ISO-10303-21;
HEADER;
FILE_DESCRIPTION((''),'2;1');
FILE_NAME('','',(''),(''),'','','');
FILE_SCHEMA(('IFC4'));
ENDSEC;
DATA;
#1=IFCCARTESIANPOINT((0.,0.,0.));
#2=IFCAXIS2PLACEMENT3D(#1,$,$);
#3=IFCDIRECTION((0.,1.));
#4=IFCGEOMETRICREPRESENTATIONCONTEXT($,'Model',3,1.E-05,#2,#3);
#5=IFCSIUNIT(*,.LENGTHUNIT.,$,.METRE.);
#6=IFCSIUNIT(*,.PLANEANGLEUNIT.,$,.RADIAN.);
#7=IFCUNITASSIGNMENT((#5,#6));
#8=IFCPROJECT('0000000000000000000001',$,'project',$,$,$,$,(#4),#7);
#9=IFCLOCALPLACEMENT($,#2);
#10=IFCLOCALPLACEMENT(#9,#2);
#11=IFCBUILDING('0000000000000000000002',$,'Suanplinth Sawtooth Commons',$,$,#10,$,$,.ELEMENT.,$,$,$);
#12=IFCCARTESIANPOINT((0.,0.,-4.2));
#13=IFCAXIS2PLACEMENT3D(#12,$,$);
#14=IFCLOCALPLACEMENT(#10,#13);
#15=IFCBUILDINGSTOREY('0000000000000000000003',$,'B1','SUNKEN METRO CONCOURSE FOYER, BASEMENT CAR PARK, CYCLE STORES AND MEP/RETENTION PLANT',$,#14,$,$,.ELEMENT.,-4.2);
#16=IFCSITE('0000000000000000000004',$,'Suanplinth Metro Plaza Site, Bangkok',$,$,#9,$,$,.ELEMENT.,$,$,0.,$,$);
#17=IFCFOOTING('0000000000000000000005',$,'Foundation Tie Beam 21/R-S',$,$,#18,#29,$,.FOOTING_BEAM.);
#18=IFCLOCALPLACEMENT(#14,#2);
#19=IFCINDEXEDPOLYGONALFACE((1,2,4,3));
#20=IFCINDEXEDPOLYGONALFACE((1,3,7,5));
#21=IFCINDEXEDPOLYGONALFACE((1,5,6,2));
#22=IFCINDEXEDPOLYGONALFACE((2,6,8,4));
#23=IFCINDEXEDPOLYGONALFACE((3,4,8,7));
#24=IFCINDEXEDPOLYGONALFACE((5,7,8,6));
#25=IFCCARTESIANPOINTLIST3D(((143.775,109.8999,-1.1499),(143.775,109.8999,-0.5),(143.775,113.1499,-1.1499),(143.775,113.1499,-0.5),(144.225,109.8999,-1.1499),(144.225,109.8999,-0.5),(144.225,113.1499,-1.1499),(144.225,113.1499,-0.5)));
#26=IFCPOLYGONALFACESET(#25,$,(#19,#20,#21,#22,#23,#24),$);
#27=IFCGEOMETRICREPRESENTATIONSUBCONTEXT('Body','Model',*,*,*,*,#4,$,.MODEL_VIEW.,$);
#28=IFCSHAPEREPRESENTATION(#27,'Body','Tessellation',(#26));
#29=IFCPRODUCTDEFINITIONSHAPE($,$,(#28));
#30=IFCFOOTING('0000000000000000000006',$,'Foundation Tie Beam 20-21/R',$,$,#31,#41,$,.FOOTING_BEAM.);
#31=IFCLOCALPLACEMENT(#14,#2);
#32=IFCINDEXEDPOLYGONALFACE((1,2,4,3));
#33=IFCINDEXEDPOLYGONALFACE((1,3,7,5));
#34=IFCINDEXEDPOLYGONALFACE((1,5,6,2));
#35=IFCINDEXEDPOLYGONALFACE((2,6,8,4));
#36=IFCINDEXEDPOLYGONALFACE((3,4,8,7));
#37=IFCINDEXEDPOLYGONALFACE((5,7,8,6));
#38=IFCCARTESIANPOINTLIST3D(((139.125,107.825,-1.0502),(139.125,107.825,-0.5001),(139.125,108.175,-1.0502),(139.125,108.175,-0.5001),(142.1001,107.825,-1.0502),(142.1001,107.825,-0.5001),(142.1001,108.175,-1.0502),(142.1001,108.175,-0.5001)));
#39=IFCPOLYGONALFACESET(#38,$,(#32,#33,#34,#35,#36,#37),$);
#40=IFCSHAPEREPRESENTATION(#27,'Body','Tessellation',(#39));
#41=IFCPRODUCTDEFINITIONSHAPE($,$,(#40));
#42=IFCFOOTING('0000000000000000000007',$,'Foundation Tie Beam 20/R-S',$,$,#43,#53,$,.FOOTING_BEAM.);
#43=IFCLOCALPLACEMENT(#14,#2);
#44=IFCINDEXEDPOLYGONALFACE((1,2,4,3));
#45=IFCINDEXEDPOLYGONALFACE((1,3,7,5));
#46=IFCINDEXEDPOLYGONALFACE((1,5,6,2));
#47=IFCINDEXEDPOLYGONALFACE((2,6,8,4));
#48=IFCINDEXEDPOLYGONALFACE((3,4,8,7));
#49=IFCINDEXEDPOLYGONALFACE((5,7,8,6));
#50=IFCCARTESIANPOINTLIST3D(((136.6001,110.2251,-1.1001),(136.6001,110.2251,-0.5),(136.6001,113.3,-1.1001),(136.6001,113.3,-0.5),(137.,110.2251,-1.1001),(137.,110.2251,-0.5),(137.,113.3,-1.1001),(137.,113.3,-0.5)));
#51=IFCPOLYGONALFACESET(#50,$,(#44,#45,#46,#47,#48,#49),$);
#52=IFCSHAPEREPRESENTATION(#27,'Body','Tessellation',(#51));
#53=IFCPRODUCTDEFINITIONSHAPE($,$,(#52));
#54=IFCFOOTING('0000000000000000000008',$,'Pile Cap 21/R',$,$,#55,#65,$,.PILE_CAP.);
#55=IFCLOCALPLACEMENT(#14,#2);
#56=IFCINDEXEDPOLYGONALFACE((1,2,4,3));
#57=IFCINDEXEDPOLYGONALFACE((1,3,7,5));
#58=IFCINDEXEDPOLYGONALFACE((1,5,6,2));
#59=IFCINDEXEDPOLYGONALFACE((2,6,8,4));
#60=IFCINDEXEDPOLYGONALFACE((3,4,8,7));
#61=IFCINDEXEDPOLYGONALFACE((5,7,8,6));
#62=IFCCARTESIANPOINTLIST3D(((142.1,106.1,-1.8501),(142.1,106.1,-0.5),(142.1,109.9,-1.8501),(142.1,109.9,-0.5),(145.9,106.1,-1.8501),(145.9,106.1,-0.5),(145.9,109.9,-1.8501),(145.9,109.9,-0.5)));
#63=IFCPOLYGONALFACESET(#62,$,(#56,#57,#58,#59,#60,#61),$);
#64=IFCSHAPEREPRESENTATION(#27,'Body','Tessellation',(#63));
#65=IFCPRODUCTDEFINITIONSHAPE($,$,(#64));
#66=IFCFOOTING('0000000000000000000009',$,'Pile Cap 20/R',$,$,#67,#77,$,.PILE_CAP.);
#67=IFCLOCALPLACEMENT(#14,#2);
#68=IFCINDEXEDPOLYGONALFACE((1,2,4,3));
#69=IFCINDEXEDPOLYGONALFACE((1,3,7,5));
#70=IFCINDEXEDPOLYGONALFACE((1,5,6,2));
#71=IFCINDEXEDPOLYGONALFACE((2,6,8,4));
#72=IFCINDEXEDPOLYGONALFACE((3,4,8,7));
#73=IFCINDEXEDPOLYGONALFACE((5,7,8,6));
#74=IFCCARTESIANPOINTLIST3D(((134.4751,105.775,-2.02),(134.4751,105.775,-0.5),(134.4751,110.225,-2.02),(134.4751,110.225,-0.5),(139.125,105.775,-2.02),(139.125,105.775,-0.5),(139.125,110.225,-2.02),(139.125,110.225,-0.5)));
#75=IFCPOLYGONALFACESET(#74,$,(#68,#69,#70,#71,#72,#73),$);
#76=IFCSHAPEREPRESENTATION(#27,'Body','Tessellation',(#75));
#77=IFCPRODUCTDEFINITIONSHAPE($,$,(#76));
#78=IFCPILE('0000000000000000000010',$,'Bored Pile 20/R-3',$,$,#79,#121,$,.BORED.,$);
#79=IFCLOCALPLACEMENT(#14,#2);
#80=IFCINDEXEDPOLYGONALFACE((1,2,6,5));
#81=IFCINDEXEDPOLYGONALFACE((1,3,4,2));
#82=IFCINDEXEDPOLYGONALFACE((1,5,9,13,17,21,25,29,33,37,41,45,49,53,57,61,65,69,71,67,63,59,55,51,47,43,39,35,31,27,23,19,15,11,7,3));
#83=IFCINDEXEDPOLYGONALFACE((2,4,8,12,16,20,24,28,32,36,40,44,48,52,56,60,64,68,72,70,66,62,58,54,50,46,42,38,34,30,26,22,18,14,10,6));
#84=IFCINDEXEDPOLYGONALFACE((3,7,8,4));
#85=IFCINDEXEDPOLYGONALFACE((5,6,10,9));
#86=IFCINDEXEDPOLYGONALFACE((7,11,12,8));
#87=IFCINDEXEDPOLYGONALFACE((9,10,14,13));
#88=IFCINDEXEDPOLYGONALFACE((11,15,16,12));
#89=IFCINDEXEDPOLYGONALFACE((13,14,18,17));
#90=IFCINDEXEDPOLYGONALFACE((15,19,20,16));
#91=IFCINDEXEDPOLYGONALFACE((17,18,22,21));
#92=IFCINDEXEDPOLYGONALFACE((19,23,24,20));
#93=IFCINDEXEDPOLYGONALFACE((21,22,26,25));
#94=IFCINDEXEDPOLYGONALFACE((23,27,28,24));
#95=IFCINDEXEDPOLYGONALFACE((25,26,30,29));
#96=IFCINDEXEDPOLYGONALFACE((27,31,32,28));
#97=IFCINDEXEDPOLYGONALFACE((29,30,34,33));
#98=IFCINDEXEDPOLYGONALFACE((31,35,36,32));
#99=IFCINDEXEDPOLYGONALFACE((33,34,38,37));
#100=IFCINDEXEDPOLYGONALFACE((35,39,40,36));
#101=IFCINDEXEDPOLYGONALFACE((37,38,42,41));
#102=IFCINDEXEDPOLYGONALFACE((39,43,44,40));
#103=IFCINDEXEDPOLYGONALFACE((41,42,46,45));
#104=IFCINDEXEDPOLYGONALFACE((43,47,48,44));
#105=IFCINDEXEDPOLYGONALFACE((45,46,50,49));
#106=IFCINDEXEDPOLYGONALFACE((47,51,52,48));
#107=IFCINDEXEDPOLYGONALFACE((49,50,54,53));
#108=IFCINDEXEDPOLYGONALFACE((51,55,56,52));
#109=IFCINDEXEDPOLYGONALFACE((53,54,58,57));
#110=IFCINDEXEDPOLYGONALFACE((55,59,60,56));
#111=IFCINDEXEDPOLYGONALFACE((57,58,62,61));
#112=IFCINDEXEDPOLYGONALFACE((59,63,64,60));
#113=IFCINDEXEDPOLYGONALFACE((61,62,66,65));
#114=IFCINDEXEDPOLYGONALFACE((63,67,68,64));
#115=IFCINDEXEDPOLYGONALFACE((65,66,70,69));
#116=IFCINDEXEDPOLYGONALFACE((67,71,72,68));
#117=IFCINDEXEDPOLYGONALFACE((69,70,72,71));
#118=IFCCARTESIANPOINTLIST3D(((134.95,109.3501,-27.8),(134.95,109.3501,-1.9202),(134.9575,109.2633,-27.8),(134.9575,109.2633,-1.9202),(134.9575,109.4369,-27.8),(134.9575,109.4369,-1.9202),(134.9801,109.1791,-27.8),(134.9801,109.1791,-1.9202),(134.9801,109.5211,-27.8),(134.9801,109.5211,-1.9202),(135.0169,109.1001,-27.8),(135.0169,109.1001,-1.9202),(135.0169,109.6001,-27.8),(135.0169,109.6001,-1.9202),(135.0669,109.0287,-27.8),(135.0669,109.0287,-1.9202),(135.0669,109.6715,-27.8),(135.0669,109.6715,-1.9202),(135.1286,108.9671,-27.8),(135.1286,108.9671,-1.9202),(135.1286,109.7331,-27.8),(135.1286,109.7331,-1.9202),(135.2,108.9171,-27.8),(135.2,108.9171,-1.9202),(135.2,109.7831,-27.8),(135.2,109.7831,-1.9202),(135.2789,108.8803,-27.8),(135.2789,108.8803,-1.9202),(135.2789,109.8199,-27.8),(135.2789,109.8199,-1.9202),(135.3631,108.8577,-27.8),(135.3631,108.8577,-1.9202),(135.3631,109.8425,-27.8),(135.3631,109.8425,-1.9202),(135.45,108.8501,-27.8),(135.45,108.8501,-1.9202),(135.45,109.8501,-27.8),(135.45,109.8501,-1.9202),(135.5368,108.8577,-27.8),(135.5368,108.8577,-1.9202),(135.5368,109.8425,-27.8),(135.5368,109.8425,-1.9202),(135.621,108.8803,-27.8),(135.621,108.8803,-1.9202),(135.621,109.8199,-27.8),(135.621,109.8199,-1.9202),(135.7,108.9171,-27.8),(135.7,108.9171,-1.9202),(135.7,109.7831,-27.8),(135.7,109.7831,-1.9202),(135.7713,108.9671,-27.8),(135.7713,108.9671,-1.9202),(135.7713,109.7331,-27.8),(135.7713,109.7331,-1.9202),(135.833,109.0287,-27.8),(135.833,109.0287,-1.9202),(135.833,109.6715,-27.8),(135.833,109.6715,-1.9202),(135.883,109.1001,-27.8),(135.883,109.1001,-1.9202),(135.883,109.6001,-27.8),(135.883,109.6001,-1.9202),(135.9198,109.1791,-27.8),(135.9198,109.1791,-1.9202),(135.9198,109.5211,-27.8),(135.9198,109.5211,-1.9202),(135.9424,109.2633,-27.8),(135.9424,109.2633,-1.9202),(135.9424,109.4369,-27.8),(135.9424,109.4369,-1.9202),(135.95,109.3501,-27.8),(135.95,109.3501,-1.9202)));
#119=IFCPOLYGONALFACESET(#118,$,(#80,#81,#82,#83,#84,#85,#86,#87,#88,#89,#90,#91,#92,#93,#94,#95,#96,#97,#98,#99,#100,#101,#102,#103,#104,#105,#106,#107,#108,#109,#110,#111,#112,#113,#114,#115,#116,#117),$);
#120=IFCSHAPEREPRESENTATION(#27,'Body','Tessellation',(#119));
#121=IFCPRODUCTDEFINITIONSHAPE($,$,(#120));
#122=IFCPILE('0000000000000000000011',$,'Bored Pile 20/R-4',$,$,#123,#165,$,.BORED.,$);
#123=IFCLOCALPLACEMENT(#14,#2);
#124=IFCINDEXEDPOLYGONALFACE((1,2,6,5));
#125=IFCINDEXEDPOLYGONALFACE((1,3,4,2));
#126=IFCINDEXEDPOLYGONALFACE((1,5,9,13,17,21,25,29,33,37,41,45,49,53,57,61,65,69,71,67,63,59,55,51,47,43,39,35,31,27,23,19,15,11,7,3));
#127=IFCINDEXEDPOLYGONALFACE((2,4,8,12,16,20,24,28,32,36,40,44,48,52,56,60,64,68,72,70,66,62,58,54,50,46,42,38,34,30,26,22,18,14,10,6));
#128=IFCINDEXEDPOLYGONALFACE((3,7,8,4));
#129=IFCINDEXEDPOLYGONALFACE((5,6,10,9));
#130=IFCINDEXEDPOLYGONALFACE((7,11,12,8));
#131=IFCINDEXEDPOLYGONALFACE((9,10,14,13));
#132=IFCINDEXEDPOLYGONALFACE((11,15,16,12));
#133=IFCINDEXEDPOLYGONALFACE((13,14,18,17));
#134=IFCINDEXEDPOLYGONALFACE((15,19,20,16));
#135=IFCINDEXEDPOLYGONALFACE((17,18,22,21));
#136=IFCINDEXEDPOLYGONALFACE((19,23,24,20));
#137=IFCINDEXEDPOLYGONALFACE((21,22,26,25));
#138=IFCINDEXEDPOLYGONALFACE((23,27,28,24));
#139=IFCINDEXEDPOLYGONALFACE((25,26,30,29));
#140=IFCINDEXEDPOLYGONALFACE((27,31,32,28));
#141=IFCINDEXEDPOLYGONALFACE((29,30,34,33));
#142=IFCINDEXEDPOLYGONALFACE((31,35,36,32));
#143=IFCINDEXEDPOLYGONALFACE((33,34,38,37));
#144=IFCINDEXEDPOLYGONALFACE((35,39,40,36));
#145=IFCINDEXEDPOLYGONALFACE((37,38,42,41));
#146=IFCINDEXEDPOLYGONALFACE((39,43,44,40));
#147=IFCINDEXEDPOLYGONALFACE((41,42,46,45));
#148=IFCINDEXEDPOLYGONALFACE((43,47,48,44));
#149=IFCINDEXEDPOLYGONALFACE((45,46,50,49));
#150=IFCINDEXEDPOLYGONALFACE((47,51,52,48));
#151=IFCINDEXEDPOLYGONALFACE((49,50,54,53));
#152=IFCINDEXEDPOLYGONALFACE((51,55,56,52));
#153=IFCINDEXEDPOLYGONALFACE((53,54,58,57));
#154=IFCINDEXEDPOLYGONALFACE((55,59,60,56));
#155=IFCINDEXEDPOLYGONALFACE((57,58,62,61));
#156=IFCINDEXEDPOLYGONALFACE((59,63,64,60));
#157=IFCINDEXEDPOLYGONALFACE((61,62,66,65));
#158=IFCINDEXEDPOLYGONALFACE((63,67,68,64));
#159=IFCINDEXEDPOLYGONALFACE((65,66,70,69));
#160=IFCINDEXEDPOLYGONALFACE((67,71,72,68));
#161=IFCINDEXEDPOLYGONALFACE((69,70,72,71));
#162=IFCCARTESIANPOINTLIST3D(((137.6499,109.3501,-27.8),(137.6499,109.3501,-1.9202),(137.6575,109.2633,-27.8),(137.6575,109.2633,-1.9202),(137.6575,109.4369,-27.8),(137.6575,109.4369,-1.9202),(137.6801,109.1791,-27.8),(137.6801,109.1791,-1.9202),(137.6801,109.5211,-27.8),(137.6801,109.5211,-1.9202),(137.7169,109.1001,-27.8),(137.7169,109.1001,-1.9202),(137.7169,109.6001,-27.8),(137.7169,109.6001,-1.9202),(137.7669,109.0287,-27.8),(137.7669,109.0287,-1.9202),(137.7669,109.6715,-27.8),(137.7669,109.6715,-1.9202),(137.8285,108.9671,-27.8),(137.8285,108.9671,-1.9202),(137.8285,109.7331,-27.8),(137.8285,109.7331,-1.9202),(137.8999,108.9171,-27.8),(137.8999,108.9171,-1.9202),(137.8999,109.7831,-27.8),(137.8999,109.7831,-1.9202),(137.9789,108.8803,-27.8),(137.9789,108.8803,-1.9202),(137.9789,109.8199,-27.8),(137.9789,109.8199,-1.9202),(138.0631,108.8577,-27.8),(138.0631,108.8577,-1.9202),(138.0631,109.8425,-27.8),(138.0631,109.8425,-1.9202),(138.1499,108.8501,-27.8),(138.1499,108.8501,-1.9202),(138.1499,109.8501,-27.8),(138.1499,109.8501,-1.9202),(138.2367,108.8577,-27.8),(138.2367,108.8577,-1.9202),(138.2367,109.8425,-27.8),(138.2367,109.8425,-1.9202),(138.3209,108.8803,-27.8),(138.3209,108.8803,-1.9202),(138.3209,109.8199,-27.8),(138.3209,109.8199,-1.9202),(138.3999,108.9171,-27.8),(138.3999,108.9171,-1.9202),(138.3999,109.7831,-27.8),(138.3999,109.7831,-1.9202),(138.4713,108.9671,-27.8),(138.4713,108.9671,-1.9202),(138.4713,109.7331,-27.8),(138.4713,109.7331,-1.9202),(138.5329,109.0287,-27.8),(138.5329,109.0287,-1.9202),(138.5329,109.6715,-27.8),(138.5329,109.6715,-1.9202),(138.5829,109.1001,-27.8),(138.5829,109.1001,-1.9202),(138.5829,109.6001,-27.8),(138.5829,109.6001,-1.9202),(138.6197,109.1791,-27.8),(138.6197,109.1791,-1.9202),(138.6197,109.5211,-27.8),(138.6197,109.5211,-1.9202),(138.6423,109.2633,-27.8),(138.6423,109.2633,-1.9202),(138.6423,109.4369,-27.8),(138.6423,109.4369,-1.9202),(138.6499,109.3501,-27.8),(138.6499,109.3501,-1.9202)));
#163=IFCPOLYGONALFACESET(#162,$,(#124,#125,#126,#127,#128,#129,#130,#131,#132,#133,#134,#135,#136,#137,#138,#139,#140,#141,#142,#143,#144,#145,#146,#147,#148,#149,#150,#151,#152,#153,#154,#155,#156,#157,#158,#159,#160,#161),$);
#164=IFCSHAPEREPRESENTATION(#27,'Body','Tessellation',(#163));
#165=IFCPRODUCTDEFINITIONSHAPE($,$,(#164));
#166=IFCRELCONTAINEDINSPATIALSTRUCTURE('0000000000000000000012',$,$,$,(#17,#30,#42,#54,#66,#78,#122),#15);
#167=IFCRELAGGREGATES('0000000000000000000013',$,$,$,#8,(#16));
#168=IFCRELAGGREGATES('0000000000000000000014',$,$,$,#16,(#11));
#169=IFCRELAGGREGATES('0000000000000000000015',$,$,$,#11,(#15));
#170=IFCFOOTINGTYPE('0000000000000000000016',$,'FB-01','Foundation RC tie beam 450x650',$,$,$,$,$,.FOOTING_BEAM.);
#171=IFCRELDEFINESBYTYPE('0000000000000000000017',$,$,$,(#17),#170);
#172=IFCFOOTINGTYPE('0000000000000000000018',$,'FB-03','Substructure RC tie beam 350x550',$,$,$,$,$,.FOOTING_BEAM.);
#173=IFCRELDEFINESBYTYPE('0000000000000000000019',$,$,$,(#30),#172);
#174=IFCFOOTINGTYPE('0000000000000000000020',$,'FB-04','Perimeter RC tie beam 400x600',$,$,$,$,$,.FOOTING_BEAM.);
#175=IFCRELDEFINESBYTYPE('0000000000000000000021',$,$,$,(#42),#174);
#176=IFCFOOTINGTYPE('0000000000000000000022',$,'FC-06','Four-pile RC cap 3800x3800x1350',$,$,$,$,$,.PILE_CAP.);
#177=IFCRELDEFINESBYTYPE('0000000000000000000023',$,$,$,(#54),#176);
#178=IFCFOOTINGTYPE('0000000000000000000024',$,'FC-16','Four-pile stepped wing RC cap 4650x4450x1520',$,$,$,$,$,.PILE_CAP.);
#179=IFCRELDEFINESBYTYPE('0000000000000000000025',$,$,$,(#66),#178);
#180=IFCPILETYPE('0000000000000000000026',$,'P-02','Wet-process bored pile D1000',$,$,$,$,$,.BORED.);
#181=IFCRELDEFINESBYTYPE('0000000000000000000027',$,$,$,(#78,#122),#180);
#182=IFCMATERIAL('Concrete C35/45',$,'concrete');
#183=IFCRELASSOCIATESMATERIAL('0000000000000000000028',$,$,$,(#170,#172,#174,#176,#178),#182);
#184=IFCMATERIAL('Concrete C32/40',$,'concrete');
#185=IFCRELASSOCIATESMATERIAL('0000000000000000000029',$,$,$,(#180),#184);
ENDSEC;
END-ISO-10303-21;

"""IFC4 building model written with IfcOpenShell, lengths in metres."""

from ifc_helpers import new_model, si_unit, direction, frame, origin, origin_2d, place, context, subcontext, project, spatial, rectangle, circle, extrude, material, material_profile, profile_set, type_object, element, save


model = new_model("IFC4")

# Units and contexts
model_context = context("Model", 3, precision=1e-05, world=origin(), true_north=direction((0.0, 1.0)))
body_context = subcontext(model_context, "Body", "Model", "MODEL_VIEW")
ifc_project = project(units=[si_unit("LENGTHUNIT", "METRE"), si_unit("PLANEANGLEUNIT", "RADIAN")], contexts=[model_context])

# Site, building, storey
site_placement = place(None, origin())
site = spatial("IfcSite", under=ifc_project, at=site_placement, Name="Suanplinth Metro Plaza Site, Bangkok", CompositionType="ELEMENT", RefElevation=0.0)
building_placement = place(site_placement, origin())
building = spatial("IfcBuilding", under=site, at=building_placement, Name="Suanplinth Sawtooth Commons", CompositionType="ELEMENT")
storey_placement = place(building_placement, frame((0.0, 0.0, -4.2)))
storey = spatial("IfcBuildingStorey", under=building, at=storey_placement, Name="B1", Description="SUNKEN METRO CONCOURSE FOYER, BASEMENT CAR PARK, CYCLE STORES AND MEP/RETENTION PLANT", CompositionType="ELEMENT", Elevation=-4.2)

# Footings
ifc_material_1 = material(Name="Concrete C35/45", Category="concrete")
ifc_material_profile_1 = material_profile(ifc_material_1, rectangle(XDim=0.45, YDim=0.6499, at=origin_2d()), Name="PC-GDR 450x650")
ifc_profile_set_1 = profile_set([ifc_material_profile_1], Name="Concrete C35/45")
footing_type_1 = type_object("IfcFootingType", Name="FB-01", Description="Foundation RC tie beam 450x650", PredefinedType="FOOTING_BEAM", material=ifc_profile_set_1)
footing_1_placement = place(storey_placement, frame((144.0, 109.8999, -0.825), z_axis=(0.0, 1.0, 0.0), x_axis=(-1.0, 0.0, 0.0)))
element("IfcFooting", 1, at=footing_1_placement, inside=storey, type_object=footing_type_1, Name="Foundation Tie Beam 21/R-S", PredefinedType="FOOTING_BEAM", context=body_context, shape_type="SweptSolid", body=[
    extrude(rectangle(XDim=0.45, YDim=0.6499, at=origin_2d()), origin(), (0.0, 0.0, 1.0), 3.25),
])
ifc_material_profile_2 = material_profile(ifc_material_1, rectangle(XDim=0.3501, YDim=0.55, at=origin_2d()), Name="PC-BM 350x550")
ifc_profile_set_2 = profile_set([ifc_material_profile_2], Name="Concrete C35/45")
footing_type_2 = type_object("IfcFootingType", Name="FB-03", Description="Substructure RC tie beam 350x550", PredefinedType="FOOTING_BEAM", material=ifc_profile_set_2)
footing_2_placement = place(storey_placement, frame((139.125, 108.0, -0.7751), z_axis=(1.0, 0.0, 0.0), x_axis=(0.0, 1.0, 0.0)))
element("IfcFooting", 2, at=footing_2_placement, inside=storey, type_object=footing_type_2, Name="Foundation Tie Beam 20-21/R", PredefinedType="FOOTING_BEAM", context=body_context, shape_type="SweptSolid", body=[
    extrude(rectangle(XDim=0.3501, YDim=0.55, at=origin_2d()), origin(), (0.0, 0.0, 1.0), 2.9751),
])
ifc_material_profile_3 = material_profile(ifc_material_1, rectangle(XDim=0.3999, YDim=0.6001, at=origin_2d()), Name="PC-GDR 400x600")
ifc_profile_set_3 = profile_set([ifc_material_profile_3], Name="Concrete C35/45")
footing_type_3 = type_object("IfcFootingType", Name="FB-04", Description="Perimeter RC tie beam 400x600", PredefinedType="FOOTING_BEAM", material=ifc_profile_set_3)
footing_3_placement = place(storey_placement, frame((136.8, 110.2251, -0.8), z_axis=(0.0, 1.0, 0.0), x_axis=(-1.0, 0.0, 0.0)))
element("IfcFooting", 3, at=footing_3_placement, inside=storey, type_object=footing_type_3, Name="Foundation Tie Beam 20/R-S", PredefinedType="FOOTING_BEAM", context=body_context, shape_type="SweptSolid", body=[
    extrude(rectangle(XDim=0.3999, YDim=0.6001, at=origin_2d()), origin(), (0.0, 0.0, 1.0), 3.075),
])
footing_type_4 = type_object("IfcFootingType", Name="FC-06", Description="Four-pile RC cap 3800x3800x1350", PredefinedType="PILE_CAP", material=ifc_material_1)
footing_4_placement = place(storey_placement, frame((144.0, 108.0, -1.8501), z_axis=(0.0, 0.0, 1.0), x_axis=(1.0, 0.0, 0.0)))
element("IfcFooting", 4, at=footing_4_placement, inside=storey, type_object=footing_type_4, Name="Pile Cap 21/R", PredefinedType="PILE_CAP", context=body_context, shape_type="SweptSolid", body=[
    extrude(rectangle(XDim=3.8, YDim=3.8, at=origin_2d()), origin(), (0.0, 0.0, 1.0), 1.3501),
])
footing_type_5 = type_object("IfcFootingType", Name="FC-16", Description="Four-pile stepped wing RC cap 4650x4450x1520", PredefinedType="PILE_CAP", material=ifc_material_1)
footing_5_placement = place(storey_placement, frame((136.8, 108.0, -2.02), z_axis=(0.0, 0.0, 1.0), x_axis=(1.0, 0.0, 0.0)))
element("IfcFooting", 5, at=footing_5_placement, inside=storey, type_object=footing_type_5, Name="Pile Cap 20/R", PredefinedType="PILE_CAP", context=body_context, shape_type="SweptSolid", body=[
    extrude(rectangle(XDim=4.6499, YDim=4.45, at=origin_2d()), origin(), (0.0, 0.0, 1.0), 1.52),
])

# Piles
ifc_material_2 = material(Name="Concrete C32/40", Category="concrete")
ifc_material_profile_4 = material_profile(ifc_material_2, circle(Radius=0.5, at=origin_2d()), Name="PILE D1000")
ifc_profile_set_4 = profile_set([ifc_material_profile_4], Name="Concrete C32/40")
pile_type = type_object("IfcPileType", Name="P-02", Description="Wet-process bored pile D1000", PredefinedType="BORED", material=ifc_profile_set_4)
for number, where, z_axis, x_axis, name in (
    (6, (135.45, 109.3501, -1.9202), (0.0, 0.0, -1.0), (1.0, 0.0, 0.0), "Bored Pile 20/R-3"),
    (7, (138.1499, 109.3501, -1.9202), (0.0, 0.0, -1.0), (1.0, 0.0, 0.0), "Bored Pile 20/R-4"),
):
    element("IfcPile", number, at=place(storey_placement, frame(where, z_axis=z_axis, x_axis=x_axis)), inside=storey, type_object=pile_type, Name=name, PredefinedType="BORED", context=body_context, shape_type="SweptSolid", body=[
        extrude(circle(Radius=0.5, at=origin_2d()), origin(), (0.0, 0.0, 1.0), 25.8799),
    ])

save(model, "model.ifc")
